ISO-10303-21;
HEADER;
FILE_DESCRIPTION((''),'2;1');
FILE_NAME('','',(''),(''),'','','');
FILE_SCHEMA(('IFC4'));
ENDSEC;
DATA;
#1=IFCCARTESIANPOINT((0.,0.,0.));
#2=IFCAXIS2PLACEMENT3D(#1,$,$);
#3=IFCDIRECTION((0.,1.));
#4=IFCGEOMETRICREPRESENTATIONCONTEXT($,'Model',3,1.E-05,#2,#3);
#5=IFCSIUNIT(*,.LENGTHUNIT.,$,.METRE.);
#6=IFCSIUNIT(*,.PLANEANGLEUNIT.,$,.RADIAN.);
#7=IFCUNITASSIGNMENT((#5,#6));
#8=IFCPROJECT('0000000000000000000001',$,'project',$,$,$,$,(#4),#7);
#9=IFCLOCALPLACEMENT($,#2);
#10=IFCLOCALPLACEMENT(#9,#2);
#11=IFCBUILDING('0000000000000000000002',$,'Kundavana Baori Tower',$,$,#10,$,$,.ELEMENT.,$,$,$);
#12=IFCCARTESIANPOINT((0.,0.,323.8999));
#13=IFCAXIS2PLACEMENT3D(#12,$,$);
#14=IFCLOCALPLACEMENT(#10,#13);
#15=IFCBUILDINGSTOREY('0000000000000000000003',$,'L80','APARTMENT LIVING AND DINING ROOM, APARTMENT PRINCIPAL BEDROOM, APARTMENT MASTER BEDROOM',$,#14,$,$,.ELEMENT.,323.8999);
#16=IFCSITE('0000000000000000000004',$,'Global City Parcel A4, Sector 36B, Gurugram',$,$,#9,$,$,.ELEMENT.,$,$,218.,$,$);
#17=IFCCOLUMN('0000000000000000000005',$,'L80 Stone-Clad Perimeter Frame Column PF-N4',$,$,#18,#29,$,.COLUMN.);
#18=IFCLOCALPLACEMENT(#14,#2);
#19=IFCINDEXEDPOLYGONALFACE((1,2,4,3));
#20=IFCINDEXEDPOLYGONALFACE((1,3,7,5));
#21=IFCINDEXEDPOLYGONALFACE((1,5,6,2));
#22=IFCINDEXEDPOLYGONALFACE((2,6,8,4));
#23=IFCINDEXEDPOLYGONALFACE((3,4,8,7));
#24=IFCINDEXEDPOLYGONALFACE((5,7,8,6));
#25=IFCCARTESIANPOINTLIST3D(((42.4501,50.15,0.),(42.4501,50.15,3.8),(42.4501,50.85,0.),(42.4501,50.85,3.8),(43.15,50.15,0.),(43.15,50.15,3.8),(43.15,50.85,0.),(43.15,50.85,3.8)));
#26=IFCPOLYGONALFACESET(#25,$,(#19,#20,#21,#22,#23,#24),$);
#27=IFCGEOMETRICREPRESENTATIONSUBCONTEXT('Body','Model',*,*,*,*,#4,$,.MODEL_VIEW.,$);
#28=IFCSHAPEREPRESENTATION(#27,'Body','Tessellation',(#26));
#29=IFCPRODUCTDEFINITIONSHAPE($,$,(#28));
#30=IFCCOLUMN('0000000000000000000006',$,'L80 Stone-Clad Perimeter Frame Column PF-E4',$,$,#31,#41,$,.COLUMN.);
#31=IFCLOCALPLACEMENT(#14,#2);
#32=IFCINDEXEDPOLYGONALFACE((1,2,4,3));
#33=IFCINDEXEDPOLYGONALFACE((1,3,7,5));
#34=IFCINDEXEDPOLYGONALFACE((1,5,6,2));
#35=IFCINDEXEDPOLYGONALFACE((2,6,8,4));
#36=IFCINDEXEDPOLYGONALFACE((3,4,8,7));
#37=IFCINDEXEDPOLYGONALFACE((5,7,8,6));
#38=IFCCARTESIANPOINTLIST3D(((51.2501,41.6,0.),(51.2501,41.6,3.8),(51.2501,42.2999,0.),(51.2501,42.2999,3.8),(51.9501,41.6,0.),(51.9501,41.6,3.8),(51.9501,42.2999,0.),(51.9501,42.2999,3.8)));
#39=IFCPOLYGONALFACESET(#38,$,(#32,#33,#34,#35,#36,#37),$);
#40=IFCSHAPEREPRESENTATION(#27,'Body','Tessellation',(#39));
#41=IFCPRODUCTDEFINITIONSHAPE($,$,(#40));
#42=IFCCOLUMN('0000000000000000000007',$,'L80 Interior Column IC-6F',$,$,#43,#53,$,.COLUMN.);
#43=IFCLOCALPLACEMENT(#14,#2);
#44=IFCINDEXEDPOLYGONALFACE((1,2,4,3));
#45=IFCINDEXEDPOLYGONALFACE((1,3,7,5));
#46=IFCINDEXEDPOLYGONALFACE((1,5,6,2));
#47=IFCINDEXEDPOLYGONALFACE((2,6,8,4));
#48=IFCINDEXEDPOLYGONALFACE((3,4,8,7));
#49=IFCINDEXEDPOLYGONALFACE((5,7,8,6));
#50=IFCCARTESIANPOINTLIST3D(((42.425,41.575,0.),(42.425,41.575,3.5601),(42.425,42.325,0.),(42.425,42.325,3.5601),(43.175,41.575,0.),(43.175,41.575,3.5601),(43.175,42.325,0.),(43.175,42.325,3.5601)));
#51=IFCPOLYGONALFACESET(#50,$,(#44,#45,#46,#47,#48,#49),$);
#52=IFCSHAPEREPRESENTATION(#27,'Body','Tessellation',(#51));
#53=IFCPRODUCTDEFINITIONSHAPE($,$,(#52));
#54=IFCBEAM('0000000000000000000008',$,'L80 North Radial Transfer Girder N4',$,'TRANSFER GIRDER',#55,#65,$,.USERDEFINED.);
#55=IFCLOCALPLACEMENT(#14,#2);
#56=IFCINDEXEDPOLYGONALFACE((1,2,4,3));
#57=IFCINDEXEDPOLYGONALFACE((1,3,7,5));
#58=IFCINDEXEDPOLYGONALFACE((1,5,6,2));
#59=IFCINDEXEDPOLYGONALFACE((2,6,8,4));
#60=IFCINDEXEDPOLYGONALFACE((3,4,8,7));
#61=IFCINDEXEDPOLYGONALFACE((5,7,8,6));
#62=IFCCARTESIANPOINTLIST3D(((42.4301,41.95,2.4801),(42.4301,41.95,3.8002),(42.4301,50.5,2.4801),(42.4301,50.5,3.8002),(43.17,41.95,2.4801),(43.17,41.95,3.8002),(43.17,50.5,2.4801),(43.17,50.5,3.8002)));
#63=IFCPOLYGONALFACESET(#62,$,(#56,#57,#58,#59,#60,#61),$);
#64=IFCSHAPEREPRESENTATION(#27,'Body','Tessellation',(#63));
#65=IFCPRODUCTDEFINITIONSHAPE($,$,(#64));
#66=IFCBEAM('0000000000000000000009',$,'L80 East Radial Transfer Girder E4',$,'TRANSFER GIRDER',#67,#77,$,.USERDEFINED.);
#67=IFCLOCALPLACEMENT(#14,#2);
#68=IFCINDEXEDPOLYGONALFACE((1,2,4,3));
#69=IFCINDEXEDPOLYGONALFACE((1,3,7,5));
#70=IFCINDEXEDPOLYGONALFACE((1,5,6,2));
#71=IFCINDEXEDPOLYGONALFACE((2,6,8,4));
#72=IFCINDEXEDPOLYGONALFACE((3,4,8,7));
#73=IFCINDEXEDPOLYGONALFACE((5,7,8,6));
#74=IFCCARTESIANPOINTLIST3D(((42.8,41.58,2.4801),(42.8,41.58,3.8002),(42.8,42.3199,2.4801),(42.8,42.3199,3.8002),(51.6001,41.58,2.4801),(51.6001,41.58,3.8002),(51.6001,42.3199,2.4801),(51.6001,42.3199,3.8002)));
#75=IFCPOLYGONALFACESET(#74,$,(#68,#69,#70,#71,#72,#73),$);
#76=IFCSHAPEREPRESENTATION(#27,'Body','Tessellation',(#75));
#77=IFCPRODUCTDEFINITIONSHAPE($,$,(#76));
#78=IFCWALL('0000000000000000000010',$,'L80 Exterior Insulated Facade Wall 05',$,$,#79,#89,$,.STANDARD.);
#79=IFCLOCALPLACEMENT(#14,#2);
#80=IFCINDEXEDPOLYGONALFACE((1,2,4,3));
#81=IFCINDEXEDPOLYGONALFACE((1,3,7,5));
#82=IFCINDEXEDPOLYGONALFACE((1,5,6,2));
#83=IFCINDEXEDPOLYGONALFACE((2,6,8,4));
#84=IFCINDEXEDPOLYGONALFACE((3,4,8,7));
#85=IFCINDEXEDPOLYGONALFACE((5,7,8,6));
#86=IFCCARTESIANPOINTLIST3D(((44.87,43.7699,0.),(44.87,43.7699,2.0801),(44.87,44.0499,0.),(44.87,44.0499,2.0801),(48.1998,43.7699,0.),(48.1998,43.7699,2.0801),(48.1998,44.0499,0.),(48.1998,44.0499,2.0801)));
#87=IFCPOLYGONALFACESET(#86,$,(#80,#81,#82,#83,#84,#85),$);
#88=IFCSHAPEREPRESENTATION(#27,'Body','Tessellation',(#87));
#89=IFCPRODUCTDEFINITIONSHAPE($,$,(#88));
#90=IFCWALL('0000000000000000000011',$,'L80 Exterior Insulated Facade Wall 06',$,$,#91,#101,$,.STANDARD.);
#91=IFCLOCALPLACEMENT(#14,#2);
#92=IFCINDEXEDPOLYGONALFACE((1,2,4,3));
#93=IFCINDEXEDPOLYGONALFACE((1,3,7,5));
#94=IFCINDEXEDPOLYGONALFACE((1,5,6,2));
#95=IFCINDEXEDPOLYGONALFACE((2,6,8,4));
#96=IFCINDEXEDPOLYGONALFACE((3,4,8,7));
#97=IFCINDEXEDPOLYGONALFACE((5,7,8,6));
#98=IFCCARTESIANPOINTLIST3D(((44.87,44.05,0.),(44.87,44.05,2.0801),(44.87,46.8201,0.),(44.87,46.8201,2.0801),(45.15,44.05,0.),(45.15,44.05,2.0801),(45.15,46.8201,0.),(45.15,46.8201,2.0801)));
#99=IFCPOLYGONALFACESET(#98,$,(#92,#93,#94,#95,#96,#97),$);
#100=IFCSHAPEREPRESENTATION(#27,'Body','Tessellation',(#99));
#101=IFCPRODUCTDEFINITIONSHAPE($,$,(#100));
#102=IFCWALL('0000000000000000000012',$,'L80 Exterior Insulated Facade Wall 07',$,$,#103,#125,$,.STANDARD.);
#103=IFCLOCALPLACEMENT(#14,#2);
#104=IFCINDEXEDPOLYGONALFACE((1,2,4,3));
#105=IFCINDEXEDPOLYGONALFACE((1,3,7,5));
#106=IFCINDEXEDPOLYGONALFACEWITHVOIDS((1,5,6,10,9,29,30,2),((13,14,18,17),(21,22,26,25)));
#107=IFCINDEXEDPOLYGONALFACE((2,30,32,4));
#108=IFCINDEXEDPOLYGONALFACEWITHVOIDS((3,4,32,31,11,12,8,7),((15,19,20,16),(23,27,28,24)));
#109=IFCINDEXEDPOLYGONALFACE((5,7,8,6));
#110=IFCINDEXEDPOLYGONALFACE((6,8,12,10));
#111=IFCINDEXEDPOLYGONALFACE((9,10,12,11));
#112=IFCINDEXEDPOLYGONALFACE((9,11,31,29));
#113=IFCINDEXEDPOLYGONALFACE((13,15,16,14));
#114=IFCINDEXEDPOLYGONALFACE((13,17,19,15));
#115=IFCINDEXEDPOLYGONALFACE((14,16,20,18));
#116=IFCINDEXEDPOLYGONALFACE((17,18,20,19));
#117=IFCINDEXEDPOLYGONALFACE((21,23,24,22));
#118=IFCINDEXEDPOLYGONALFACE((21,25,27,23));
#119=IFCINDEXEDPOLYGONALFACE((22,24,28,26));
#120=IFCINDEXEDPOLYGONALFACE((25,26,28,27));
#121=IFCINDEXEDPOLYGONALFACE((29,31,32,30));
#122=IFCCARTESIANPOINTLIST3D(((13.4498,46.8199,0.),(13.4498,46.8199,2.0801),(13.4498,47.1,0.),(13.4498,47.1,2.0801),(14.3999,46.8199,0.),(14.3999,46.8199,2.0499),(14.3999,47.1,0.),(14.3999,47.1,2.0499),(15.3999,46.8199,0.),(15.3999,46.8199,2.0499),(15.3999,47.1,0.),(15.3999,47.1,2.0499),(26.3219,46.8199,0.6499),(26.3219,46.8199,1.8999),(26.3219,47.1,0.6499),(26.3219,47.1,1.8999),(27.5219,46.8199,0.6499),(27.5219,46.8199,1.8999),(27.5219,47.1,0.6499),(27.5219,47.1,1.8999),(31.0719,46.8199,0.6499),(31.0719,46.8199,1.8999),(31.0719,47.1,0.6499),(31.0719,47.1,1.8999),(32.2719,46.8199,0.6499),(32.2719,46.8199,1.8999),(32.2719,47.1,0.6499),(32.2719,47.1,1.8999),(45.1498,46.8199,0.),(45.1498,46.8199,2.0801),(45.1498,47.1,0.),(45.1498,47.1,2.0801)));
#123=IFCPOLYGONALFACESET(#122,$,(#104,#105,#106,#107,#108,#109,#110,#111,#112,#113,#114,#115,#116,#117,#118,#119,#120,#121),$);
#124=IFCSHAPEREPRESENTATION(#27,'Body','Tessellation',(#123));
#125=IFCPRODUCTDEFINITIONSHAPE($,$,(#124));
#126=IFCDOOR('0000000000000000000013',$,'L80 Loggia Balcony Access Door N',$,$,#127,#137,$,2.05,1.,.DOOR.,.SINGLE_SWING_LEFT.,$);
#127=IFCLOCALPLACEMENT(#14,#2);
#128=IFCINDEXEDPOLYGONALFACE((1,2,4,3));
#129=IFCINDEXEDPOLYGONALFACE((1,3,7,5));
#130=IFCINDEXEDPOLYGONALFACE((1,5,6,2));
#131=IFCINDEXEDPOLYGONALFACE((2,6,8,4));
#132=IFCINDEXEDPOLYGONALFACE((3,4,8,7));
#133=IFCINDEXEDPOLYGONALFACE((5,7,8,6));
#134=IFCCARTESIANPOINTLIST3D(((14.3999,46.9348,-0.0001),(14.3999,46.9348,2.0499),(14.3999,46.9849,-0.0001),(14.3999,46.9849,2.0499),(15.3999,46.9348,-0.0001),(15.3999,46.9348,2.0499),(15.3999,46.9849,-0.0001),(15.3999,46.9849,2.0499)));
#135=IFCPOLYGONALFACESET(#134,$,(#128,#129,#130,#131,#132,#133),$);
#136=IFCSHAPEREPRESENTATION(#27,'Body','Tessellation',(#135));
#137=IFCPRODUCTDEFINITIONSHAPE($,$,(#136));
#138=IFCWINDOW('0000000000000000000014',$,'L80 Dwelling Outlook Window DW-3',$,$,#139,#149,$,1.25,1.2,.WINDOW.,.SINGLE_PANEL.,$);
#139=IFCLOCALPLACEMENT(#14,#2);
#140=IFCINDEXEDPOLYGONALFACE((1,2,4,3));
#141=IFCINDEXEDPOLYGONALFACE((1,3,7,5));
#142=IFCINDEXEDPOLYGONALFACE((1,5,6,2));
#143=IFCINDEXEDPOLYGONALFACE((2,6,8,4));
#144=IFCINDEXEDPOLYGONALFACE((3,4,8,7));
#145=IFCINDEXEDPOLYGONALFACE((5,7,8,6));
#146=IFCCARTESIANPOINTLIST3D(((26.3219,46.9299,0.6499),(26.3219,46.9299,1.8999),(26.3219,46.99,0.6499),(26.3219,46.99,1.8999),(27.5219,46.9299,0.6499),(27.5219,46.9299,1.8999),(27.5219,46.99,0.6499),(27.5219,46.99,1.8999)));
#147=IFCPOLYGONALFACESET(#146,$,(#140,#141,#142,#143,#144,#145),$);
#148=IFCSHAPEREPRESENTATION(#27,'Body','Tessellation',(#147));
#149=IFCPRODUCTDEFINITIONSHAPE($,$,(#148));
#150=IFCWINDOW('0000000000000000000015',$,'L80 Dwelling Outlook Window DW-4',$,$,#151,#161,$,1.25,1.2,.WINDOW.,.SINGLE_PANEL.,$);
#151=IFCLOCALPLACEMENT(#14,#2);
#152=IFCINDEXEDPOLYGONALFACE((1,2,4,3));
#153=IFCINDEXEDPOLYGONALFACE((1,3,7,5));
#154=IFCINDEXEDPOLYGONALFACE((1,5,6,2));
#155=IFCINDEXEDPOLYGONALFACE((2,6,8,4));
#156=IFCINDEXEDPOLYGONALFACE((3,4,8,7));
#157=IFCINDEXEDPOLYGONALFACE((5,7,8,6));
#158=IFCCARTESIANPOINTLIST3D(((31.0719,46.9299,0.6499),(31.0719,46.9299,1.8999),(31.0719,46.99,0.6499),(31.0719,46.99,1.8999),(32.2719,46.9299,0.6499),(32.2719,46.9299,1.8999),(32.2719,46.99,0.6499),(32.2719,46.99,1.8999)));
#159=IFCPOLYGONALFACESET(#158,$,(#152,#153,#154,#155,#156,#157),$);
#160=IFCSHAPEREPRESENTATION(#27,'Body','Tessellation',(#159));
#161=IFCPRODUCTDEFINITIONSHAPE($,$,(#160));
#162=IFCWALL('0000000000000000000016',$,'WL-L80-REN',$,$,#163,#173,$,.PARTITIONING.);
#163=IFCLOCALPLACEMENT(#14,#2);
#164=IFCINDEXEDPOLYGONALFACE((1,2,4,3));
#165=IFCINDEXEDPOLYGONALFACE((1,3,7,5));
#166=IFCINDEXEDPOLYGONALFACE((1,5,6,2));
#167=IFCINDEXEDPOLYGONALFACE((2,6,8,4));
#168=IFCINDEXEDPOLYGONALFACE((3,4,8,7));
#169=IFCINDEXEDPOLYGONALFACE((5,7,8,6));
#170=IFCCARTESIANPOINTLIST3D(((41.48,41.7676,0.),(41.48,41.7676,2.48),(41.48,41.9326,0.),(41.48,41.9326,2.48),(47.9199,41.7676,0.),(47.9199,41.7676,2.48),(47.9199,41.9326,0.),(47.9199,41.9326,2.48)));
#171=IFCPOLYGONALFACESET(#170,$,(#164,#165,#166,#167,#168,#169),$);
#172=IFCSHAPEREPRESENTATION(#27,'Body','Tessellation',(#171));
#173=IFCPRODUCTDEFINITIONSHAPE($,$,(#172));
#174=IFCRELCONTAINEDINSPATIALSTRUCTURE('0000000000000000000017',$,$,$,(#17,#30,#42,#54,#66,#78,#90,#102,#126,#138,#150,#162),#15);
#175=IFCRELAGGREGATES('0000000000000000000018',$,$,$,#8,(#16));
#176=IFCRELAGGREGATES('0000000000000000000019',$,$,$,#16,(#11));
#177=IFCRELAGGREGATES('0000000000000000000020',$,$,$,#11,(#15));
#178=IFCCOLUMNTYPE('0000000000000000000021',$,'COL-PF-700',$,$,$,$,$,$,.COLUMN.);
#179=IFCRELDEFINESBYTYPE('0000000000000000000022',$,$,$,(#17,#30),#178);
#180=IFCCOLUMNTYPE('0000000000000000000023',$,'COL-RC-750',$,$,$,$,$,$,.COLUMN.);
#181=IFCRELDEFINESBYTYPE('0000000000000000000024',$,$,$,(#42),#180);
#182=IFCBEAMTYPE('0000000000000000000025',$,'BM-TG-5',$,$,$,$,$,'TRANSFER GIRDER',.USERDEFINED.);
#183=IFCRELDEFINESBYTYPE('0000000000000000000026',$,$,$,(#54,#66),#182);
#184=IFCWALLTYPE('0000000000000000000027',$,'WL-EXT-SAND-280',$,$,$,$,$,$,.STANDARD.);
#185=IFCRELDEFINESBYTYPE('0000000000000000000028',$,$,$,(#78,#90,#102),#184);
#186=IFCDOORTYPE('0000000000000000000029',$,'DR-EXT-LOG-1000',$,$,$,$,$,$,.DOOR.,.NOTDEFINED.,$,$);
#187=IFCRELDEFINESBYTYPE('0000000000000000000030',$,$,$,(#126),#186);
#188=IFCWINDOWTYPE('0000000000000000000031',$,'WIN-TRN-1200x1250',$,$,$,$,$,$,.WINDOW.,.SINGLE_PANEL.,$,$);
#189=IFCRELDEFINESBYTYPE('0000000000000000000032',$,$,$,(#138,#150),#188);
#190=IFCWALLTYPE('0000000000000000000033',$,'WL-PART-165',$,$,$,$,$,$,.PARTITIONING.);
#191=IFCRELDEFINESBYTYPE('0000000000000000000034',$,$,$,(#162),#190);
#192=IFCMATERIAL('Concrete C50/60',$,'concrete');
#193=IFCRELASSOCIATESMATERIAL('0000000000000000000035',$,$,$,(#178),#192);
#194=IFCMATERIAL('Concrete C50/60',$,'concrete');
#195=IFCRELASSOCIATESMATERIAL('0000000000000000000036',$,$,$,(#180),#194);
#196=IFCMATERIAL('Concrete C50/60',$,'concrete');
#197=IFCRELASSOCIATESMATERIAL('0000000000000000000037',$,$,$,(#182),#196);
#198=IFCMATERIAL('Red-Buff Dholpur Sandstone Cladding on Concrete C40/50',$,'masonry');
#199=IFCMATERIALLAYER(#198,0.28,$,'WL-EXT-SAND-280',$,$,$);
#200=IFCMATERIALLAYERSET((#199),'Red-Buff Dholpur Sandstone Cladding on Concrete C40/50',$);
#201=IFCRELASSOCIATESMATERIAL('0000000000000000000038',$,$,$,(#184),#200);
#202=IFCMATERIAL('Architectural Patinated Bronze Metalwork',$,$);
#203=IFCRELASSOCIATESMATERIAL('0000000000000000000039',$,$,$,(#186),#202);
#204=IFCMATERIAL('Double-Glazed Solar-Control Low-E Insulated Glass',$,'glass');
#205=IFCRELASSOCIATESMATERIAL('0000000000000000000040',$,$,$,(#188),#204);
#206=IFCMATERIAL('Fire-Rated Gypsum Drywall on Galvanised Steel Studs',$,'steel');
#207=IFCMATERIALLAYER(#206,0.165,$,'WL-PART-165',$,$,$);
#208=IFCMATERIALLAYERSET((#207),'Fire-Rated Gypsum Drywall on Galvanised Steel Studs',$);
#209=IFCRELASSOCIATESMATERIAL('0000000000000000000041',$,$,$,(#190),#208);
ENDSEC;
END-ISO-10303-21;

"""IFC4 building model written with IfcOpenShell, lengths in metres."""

from ifc_helpers import new_model, si_unit, direction, frame, frame_2d, origin, origin_2d, place, context, subcontext, project, spatial, rectangle, extrude, material, layer, layer_set, material_profile, profile_set, type_object, element, fill, save


model = new_model("IFC4")

# Units and contexts
model_context = context("Model", 3, precision=1e-05, world=origin(), true_north=direction((0.0, 1.0)))
body_context = subcontext(model_context, "Body", "Model", "MODEL_VIEW")
ifc_project = project(units=[si_unit("LENGTHUNIT", "METRE"), si_unit("PLANEANGLEUNIT", "RADIAN")], contexts=[model_context])

# Site, building, storey
site_placement = place(None, origin())
site = spatial("IfcSite", under=ifc_project, at=site_placement, Name="Global City Parcel A4, Sector 36B, Gurugram", CompositionType="ELEMENT", RefElevation=218.0)
building_placement = place(site_placement, origin())
building = spatial("IfcBuilding", under=site, at=building_placement, Name="Kundavana Baori Tower", CompositionType="ELEMENT")
storey_placement = place(building_placement, frame((0.0, 0.0, 323.8999)))
storey = spatial("IfcBuildingStorey", under=building, at=storey_placement, Name="L80", Description="APARTMENT LIVING AND DINING ROOM, APARTMENT PRINCIPAL BEDROOM, APARTMENT MASTER BEDROOM", CompositionType="ELEMENT", Elevation=323.8999)

# Columns
ifc_material_1 = material(Name="Concrete C50/60", Category="concrete")
ifc_material_profile_1 = material_profile(ifc_material_1, rectangle(XDim=0.7, YDim=0.7, at=origin_2d()), Name="RC PF 700x700")
ifc_profile_set_1 = profile_set([ifc_material_profile_1], Name="Concrete C50/60")
column_type_1 = type_object("IfcColumnType", Name="COL-PF-700", PredefinedType="COLUMN", material=ifc_profile_set_1)
for number, where, z_axis, x_axis, name in (
    (1, (42.8, 50.5, 0.0), (0.0, 0.0, 1.0), (1.0, 0.0, 0.0), "L80 Stone-Clad Perimeter Frame Column PF-N4"),
    (2, (51.6001, 41.95, 0.0), (0.0, 0.0, 1.0), (1.0, 0.0, 0.0), "L80 Stone-Clad Perimeter Frame Column PF-E4"),
):
    element("IfcColumn", number, at=place(storey_placement, frame(where, z_axis=z_axis, x_axis=x_axis)), inside=storey, type_object=column_type_1, Name=name, PredefinedType="COLUMN", context=body_context, shape_type="SweptSolid", body=[
        extrude(rectangle(XDim=0.7, YDim=0.7, at=origin_2d()), origin(), (0.0, 0.0, 1.0), 3.8),
    ])
ifc_material_2 = material(Name="Concrete C50/60", Category="concrete")
ifc_material_profile_2 = material_profile(ifc_material_2, rectangle(XDim=0.75, YDim=0.75, at=origin_2d()), Name="RC 750x750")
ifc_profile_set_2 = profile_set([ifc_material_profile_2], Name="Concrete C50/60")
column_type_2 = type_object("IfcColumnType", Name="COL-RC-750", PredefinedType="COLUMN", material=ifc_profile_set_2)
column_placement = place(storey_placement, frame((42.8, 41.95, 0.0), z_axis=(0.0, 0.0, 1.0), x_axis=(1.0, 0.0, 0.0)))
element("IfcColumn", 3, at=column_placement, inside=storey, type_object=column_type_2, Name="L80 Interior Column IC-6F", PredefinedType="COLUMN", context=body_context, shape_type="SweptSolid", body=[
    extrude(rectangle(XDim=0.75, YDim=0.75, at=origin_2d()), origin(), (0.0, 0.0, 1.0), 3.5601),
])

# Beams
ifc_material_3 = material(Name="Concrete C50/60", Category="concrete")
ifc_material_profile_3 = material_profile(ifc_material_3, rectangle(XDim=0.74, YDim=1.3201, at=origin_2d()), Name="BM-TG-5")
ifc_profile_set_3 = profile_set([ifc_material_profile_3], Name="Concrete C50/60")
beam_type = type_object("IfcBeamType", Name="BM-TG-5", ElementType="TRANSFER GIRDER", PredefinedType="USERDEFINED", material=ifc_profile_set_3)
beam_1_placement = place(storey_placement, frame((42.8, 41.95, 3.1401), z_axis=(0.0, 1.0, 0.0), x_axis=(-1.0, 0.0, 0.0)))
element("IfcBeam", 4, at=beam_1_placement, inside=storey, type_object=beam_type, Name="L80 North Radial Transfer Girder N4", ObjectType="TRANSFER GIRDER", PredefinedType="USERDEFINED", context=body_context, shape_type="SweptSolid", body=[
    extrude(rectangle(XDim=0.74, YDim=1.3201, at=origin_2d()), origin(), (0.0, 0.0, 1.0), 8.55),
])
beam_2_placement = place(storey_placement, frame((42.8, 41.95, 3.1401), z_axis=(1.0, 0.0, 0.0), x_axis=(0.0, 1.0, 0.0)))
element("IfcBeam", 5, at=beam_2_placement, inside=storey, type_object=beam_type, Name="L80 East Radial Transfer Girder E4", ObjectType="TRANSFER GIRDER", PredefinedType="USERDEFINED", context=body_context, shape_type="SweptSolid", body=[
    extrude(rectangle(XDim=0.74, YDim=1.3201, at=origin_2d()), origin(), (0.0, 0.0, 1.0), 8.8),
])

# Walls
ifc_material_4 = material(Name="Red-Buff Dholpur Sandstone Cladding on Concrete C40/50", Category="masonry")
ifc_layer_1 = layer(ifc_material_4, 0.28, Name="WL-EXT-SAND-280")
ifc_layer_set_1 = layer_set([ifc_layer_1], Name="Red-Buff Dholpur Sandstone Cladding on Concrete C40/50")
wall_type_1 = type_object("IfcWallType", Name="WL-EXT-SAND-280", PredefinedType="STANDARD", material=ifc_layer_set_1)
wall_1_placement = place(storey_placement, frame((48.2, 43.9099, 0.0), z_axis=(0.0, 0.0, 1.0), x_axis=(-1.0, 0.0, 0.0)))
element("IfcWall", 6, at=wall_1_placement, inside=storey, type_object=wall_type_1, Name="L80 Exterior Insulated Facade Wall 05", PredefinedType="STANDARD", context=body_context, shape_type="SweptSolid", body=[
    extrude(rectangle(XDim=3.3298, YDim=0.28, at=frame_2d((1.665, 0.0))), origin(), (0.0, 0.0, 1.0), 2.0801),
])
wall_2_placement = place(storey_placement, frame((45.01, 44.05, 0.0), z_axis=(0.0, 0.0, 1.0), x_axis=(0.0, 1.0, 0.0)))
element("IfcWall", 7, at=wall_2_placement, inside=storey, type_object=wall_type_1, Name="L80 Exterior Insulated Facade Wall 06", PredefinedType="STANDARD", context=body_context, shape_type="SweptSolid", body=[
    extrude(rectangle(XDim=2.77, YDim=0.28, at=frame_2d((1.385, 0.0))), origin(), (0.0, 0.0, 1.0), 2.0801),
])

# Wall, openings, door, windows
wall_3_placement = place(storey_placement, frame((45.1499, 46.96, 0.0), z_axis=(0.0, 0.0, 1.0), x_axis=(-1.0, 0.0, 0.0)))
wall_3 = element("IfcWall", 8, at=wall_3_placement, inside=storey, type_object=wall_type_1, Name="L80 Exterior Insulated Facade Wall 07", PredefinedType="STANDARD", context=body_context, shape_type="SweptSolid", body=[
    extrude(rectangle(XDim=31.7, YDim=0.28, at=frame_2d((15.8501, 0.0))), origin(), (0.0, 0.0, 1.0), 2.0801),
])
opening_1_placement = place(wall_3_placement, frame((29.75, 0.0, 0.0)))
opening_1 = element("IfcOpeningElement", 9, at=opening_1_placement, cuts=wall_3, PredefinedType="OPENING", context=body_context, shape_type="SweptSolid", body=[
    extrude(rectangle(XDim=1.0, YDim=2.05, at=frame_2d((0.5, 1.0249))), frame((0.0, 0.1499, 0.0), z_axis=(0.0, -1.0, 0.0), x_axis=(1.0, 0.0, 0.0)), (0.0, 0.0, 1.0), 0.3),
])
opening_2_placement = place(wall_3_placement, frame((17.6279, 0.0, 0.6499)))
opening_2 = element("IfcOpeningElement", 10, at=opening_2_placement, cuts=wall_3, PredefinedType="OPENING", context=body_context, shape_type="SweptSolid", body=[
    extrude(rectangle(XDim=1.2, YDim=1.25, at=frame_2d((0.6001, 0.625))), frame((0.0, 0.1499, 0.0), z_axis=(0.0, -1.0, 0.0), x_axis=(1.0, 0.0, 0.0)), (0.0, 0.0, 1.0), 0.3),
])
opening_3_placement = place(wall_3_placement, frame((12.8779, 0.0, 0.6499)))
opening_3 = element("IfcOpeningElement", 11, at=opening_3_placement, cuts=wall_3, PredefinedType="OPENING", context=body_context, shape_type="SweptSolid", body=[
    extrude(rectangle(XDim=1.2, YDim=1.25, at=frame_2d((0.6001, 0.625))), frame((0.0, 0.1499, 0.0), z_axis=(0.0, -1.0, 0.0), x_axis=(1.0, 0.0, 0.0)), (0.0, 0.0, 1.0), 0.3),
])
ifc_material_5 = material(Name="Architectural Patinated Bronze Metalwork")
door_type_1 = type_object("IfcDoorType", Name="DR-EXT-LOG-1000", OperationType="NOTDEFINED", PredefinedType="DOOR", material=ifc_material_5)
door_1_placement = place(opening_1_placement, frame((1.0, 0.0, 0.0), z_axis=(0.0, 0.0, 1.0), x_axis=(-1.0, 0.0, 0.0)))
door_1 = element("IfcDoor", 12, at=door_1_placement, inside=storey, type_object=door_type_1, Name="L80 Loggia Balcony Access Door N", OperationType="SINGLE_SWING_LEFT", OverallHeight=2.05, OverallWidth=1.0, PredefinedType="DOOR", context=body_context, shape_type="SweptSolid", body=[
    extrude(rectangle(XDim=1.0, YDim=2.05, at=frame_2d((0.5, 1.0249))), frame((0.0, 0.0249, 0.0), z_axis=(0.0, -1.0, 0.0), x_axis=(1.0, 0.0, 0.0)), (0.0, 0.0, 1.0), 0.05),
])
fill(opening_1, door_1)
ifc_material_6 = material(Name="Double-Glazed Solar-Control Low-E Insulated Glass", Category="glass")
window_type = type_object("IfcWindowType", Name="WIN-TRN-1200x1250", PartitioningType="SINGLE_PANEL", PredefinedType="WINDOW", material=ifc_material_6)
window_1_placement = place(opening_2_placement, origin())
window_1 = element("IfcWindow", 13, at=window_1_placement, inside=storey, type_object=window_type, Name="L80 Dwelling Outlook Window DW-3", OverallHeight=1.25, OverallWidth=1.2, PartitioningType="SINGLE_PANEL", PredefinedType="WINDOW", context=body_context, shape_type="SweptSolid", body=[
    extrude(rectangle(XDim=1.2, YDim=1.25, at=frame_2d((0.6001, 0.625))), frame((0.0, 0.03, 0.0), z_axis=(0.0, -1.0, 0.0), x_axis=(1.0, 0.0, 0.0)), (0.0, 0.0, 1.0), 0.0601),
])
fill(opening_2, window_1)
window_2_placement = place(opening_3_placement, origin())
window_2 = element("IfcWindow", 14, at=window_2_placement, inside=storey, type_object=window_type, Name="L80 Dwelling Outlook Window DW-4", OverallHeight=1.25, OverallWidth=1.2, PartitioningType="SINGLE_PANEL", PredefinedType="WINDOW", context=body_context, shape_type="SweptSolid", body=[
    extrude(rectangle(XDim=1.2, YDim=1.25, at=frame_2d((0.6001, 0.625))), frame((0.0, 0.03, 0.0), z_axis=(0.0, -1.0, 0.0), x_axis=(1.0, 0.0, 0.0)), (0.0, 0.0, 1.0), 0.0601),
])
fill(opening_3, window_2)

# Wall
ifc_material_7 = material(Name="Fire-Rated Gypsum Drywall on Galvanised Steel Studs", Category="steel")
ifc_layer_2 = layer(ifc_material_7, 0.165, Name="WL-PART-165")
ifc_layer_set_2 = layer_set([ifc_layer_2], Name="Fire-Rated Gypsum Drywall on Galvanised Steel Studs")
wall_type_2 = type_object("IfcWallType", Name="WL-PART-165", PredefinedType="PARTITIONING", material=ifc_layer_set_2)
wall_4_placement = place(storey_placement, frame((41.48, 41.8501, 0.0), z_axis=(0.0, 0.0, 1.0), x_axis=(1.0, 0.0, 0.0)))
element("IfcWall", 15, at=wall_4_placement, inside=storey, type_object=wall_type_2, Name="WL-L80-REN", PredefinedType="PARTITIONING", context=body_context, shape_type="SweptSolid", body=[
    extrude(rectangle(XDim=6.4399, YDim=0.165, at=frame_2d((3.22, 0.0))), origin(), (0.0, 0.0, 1.0), 2.48),
])

save(model, "model.ifc")
